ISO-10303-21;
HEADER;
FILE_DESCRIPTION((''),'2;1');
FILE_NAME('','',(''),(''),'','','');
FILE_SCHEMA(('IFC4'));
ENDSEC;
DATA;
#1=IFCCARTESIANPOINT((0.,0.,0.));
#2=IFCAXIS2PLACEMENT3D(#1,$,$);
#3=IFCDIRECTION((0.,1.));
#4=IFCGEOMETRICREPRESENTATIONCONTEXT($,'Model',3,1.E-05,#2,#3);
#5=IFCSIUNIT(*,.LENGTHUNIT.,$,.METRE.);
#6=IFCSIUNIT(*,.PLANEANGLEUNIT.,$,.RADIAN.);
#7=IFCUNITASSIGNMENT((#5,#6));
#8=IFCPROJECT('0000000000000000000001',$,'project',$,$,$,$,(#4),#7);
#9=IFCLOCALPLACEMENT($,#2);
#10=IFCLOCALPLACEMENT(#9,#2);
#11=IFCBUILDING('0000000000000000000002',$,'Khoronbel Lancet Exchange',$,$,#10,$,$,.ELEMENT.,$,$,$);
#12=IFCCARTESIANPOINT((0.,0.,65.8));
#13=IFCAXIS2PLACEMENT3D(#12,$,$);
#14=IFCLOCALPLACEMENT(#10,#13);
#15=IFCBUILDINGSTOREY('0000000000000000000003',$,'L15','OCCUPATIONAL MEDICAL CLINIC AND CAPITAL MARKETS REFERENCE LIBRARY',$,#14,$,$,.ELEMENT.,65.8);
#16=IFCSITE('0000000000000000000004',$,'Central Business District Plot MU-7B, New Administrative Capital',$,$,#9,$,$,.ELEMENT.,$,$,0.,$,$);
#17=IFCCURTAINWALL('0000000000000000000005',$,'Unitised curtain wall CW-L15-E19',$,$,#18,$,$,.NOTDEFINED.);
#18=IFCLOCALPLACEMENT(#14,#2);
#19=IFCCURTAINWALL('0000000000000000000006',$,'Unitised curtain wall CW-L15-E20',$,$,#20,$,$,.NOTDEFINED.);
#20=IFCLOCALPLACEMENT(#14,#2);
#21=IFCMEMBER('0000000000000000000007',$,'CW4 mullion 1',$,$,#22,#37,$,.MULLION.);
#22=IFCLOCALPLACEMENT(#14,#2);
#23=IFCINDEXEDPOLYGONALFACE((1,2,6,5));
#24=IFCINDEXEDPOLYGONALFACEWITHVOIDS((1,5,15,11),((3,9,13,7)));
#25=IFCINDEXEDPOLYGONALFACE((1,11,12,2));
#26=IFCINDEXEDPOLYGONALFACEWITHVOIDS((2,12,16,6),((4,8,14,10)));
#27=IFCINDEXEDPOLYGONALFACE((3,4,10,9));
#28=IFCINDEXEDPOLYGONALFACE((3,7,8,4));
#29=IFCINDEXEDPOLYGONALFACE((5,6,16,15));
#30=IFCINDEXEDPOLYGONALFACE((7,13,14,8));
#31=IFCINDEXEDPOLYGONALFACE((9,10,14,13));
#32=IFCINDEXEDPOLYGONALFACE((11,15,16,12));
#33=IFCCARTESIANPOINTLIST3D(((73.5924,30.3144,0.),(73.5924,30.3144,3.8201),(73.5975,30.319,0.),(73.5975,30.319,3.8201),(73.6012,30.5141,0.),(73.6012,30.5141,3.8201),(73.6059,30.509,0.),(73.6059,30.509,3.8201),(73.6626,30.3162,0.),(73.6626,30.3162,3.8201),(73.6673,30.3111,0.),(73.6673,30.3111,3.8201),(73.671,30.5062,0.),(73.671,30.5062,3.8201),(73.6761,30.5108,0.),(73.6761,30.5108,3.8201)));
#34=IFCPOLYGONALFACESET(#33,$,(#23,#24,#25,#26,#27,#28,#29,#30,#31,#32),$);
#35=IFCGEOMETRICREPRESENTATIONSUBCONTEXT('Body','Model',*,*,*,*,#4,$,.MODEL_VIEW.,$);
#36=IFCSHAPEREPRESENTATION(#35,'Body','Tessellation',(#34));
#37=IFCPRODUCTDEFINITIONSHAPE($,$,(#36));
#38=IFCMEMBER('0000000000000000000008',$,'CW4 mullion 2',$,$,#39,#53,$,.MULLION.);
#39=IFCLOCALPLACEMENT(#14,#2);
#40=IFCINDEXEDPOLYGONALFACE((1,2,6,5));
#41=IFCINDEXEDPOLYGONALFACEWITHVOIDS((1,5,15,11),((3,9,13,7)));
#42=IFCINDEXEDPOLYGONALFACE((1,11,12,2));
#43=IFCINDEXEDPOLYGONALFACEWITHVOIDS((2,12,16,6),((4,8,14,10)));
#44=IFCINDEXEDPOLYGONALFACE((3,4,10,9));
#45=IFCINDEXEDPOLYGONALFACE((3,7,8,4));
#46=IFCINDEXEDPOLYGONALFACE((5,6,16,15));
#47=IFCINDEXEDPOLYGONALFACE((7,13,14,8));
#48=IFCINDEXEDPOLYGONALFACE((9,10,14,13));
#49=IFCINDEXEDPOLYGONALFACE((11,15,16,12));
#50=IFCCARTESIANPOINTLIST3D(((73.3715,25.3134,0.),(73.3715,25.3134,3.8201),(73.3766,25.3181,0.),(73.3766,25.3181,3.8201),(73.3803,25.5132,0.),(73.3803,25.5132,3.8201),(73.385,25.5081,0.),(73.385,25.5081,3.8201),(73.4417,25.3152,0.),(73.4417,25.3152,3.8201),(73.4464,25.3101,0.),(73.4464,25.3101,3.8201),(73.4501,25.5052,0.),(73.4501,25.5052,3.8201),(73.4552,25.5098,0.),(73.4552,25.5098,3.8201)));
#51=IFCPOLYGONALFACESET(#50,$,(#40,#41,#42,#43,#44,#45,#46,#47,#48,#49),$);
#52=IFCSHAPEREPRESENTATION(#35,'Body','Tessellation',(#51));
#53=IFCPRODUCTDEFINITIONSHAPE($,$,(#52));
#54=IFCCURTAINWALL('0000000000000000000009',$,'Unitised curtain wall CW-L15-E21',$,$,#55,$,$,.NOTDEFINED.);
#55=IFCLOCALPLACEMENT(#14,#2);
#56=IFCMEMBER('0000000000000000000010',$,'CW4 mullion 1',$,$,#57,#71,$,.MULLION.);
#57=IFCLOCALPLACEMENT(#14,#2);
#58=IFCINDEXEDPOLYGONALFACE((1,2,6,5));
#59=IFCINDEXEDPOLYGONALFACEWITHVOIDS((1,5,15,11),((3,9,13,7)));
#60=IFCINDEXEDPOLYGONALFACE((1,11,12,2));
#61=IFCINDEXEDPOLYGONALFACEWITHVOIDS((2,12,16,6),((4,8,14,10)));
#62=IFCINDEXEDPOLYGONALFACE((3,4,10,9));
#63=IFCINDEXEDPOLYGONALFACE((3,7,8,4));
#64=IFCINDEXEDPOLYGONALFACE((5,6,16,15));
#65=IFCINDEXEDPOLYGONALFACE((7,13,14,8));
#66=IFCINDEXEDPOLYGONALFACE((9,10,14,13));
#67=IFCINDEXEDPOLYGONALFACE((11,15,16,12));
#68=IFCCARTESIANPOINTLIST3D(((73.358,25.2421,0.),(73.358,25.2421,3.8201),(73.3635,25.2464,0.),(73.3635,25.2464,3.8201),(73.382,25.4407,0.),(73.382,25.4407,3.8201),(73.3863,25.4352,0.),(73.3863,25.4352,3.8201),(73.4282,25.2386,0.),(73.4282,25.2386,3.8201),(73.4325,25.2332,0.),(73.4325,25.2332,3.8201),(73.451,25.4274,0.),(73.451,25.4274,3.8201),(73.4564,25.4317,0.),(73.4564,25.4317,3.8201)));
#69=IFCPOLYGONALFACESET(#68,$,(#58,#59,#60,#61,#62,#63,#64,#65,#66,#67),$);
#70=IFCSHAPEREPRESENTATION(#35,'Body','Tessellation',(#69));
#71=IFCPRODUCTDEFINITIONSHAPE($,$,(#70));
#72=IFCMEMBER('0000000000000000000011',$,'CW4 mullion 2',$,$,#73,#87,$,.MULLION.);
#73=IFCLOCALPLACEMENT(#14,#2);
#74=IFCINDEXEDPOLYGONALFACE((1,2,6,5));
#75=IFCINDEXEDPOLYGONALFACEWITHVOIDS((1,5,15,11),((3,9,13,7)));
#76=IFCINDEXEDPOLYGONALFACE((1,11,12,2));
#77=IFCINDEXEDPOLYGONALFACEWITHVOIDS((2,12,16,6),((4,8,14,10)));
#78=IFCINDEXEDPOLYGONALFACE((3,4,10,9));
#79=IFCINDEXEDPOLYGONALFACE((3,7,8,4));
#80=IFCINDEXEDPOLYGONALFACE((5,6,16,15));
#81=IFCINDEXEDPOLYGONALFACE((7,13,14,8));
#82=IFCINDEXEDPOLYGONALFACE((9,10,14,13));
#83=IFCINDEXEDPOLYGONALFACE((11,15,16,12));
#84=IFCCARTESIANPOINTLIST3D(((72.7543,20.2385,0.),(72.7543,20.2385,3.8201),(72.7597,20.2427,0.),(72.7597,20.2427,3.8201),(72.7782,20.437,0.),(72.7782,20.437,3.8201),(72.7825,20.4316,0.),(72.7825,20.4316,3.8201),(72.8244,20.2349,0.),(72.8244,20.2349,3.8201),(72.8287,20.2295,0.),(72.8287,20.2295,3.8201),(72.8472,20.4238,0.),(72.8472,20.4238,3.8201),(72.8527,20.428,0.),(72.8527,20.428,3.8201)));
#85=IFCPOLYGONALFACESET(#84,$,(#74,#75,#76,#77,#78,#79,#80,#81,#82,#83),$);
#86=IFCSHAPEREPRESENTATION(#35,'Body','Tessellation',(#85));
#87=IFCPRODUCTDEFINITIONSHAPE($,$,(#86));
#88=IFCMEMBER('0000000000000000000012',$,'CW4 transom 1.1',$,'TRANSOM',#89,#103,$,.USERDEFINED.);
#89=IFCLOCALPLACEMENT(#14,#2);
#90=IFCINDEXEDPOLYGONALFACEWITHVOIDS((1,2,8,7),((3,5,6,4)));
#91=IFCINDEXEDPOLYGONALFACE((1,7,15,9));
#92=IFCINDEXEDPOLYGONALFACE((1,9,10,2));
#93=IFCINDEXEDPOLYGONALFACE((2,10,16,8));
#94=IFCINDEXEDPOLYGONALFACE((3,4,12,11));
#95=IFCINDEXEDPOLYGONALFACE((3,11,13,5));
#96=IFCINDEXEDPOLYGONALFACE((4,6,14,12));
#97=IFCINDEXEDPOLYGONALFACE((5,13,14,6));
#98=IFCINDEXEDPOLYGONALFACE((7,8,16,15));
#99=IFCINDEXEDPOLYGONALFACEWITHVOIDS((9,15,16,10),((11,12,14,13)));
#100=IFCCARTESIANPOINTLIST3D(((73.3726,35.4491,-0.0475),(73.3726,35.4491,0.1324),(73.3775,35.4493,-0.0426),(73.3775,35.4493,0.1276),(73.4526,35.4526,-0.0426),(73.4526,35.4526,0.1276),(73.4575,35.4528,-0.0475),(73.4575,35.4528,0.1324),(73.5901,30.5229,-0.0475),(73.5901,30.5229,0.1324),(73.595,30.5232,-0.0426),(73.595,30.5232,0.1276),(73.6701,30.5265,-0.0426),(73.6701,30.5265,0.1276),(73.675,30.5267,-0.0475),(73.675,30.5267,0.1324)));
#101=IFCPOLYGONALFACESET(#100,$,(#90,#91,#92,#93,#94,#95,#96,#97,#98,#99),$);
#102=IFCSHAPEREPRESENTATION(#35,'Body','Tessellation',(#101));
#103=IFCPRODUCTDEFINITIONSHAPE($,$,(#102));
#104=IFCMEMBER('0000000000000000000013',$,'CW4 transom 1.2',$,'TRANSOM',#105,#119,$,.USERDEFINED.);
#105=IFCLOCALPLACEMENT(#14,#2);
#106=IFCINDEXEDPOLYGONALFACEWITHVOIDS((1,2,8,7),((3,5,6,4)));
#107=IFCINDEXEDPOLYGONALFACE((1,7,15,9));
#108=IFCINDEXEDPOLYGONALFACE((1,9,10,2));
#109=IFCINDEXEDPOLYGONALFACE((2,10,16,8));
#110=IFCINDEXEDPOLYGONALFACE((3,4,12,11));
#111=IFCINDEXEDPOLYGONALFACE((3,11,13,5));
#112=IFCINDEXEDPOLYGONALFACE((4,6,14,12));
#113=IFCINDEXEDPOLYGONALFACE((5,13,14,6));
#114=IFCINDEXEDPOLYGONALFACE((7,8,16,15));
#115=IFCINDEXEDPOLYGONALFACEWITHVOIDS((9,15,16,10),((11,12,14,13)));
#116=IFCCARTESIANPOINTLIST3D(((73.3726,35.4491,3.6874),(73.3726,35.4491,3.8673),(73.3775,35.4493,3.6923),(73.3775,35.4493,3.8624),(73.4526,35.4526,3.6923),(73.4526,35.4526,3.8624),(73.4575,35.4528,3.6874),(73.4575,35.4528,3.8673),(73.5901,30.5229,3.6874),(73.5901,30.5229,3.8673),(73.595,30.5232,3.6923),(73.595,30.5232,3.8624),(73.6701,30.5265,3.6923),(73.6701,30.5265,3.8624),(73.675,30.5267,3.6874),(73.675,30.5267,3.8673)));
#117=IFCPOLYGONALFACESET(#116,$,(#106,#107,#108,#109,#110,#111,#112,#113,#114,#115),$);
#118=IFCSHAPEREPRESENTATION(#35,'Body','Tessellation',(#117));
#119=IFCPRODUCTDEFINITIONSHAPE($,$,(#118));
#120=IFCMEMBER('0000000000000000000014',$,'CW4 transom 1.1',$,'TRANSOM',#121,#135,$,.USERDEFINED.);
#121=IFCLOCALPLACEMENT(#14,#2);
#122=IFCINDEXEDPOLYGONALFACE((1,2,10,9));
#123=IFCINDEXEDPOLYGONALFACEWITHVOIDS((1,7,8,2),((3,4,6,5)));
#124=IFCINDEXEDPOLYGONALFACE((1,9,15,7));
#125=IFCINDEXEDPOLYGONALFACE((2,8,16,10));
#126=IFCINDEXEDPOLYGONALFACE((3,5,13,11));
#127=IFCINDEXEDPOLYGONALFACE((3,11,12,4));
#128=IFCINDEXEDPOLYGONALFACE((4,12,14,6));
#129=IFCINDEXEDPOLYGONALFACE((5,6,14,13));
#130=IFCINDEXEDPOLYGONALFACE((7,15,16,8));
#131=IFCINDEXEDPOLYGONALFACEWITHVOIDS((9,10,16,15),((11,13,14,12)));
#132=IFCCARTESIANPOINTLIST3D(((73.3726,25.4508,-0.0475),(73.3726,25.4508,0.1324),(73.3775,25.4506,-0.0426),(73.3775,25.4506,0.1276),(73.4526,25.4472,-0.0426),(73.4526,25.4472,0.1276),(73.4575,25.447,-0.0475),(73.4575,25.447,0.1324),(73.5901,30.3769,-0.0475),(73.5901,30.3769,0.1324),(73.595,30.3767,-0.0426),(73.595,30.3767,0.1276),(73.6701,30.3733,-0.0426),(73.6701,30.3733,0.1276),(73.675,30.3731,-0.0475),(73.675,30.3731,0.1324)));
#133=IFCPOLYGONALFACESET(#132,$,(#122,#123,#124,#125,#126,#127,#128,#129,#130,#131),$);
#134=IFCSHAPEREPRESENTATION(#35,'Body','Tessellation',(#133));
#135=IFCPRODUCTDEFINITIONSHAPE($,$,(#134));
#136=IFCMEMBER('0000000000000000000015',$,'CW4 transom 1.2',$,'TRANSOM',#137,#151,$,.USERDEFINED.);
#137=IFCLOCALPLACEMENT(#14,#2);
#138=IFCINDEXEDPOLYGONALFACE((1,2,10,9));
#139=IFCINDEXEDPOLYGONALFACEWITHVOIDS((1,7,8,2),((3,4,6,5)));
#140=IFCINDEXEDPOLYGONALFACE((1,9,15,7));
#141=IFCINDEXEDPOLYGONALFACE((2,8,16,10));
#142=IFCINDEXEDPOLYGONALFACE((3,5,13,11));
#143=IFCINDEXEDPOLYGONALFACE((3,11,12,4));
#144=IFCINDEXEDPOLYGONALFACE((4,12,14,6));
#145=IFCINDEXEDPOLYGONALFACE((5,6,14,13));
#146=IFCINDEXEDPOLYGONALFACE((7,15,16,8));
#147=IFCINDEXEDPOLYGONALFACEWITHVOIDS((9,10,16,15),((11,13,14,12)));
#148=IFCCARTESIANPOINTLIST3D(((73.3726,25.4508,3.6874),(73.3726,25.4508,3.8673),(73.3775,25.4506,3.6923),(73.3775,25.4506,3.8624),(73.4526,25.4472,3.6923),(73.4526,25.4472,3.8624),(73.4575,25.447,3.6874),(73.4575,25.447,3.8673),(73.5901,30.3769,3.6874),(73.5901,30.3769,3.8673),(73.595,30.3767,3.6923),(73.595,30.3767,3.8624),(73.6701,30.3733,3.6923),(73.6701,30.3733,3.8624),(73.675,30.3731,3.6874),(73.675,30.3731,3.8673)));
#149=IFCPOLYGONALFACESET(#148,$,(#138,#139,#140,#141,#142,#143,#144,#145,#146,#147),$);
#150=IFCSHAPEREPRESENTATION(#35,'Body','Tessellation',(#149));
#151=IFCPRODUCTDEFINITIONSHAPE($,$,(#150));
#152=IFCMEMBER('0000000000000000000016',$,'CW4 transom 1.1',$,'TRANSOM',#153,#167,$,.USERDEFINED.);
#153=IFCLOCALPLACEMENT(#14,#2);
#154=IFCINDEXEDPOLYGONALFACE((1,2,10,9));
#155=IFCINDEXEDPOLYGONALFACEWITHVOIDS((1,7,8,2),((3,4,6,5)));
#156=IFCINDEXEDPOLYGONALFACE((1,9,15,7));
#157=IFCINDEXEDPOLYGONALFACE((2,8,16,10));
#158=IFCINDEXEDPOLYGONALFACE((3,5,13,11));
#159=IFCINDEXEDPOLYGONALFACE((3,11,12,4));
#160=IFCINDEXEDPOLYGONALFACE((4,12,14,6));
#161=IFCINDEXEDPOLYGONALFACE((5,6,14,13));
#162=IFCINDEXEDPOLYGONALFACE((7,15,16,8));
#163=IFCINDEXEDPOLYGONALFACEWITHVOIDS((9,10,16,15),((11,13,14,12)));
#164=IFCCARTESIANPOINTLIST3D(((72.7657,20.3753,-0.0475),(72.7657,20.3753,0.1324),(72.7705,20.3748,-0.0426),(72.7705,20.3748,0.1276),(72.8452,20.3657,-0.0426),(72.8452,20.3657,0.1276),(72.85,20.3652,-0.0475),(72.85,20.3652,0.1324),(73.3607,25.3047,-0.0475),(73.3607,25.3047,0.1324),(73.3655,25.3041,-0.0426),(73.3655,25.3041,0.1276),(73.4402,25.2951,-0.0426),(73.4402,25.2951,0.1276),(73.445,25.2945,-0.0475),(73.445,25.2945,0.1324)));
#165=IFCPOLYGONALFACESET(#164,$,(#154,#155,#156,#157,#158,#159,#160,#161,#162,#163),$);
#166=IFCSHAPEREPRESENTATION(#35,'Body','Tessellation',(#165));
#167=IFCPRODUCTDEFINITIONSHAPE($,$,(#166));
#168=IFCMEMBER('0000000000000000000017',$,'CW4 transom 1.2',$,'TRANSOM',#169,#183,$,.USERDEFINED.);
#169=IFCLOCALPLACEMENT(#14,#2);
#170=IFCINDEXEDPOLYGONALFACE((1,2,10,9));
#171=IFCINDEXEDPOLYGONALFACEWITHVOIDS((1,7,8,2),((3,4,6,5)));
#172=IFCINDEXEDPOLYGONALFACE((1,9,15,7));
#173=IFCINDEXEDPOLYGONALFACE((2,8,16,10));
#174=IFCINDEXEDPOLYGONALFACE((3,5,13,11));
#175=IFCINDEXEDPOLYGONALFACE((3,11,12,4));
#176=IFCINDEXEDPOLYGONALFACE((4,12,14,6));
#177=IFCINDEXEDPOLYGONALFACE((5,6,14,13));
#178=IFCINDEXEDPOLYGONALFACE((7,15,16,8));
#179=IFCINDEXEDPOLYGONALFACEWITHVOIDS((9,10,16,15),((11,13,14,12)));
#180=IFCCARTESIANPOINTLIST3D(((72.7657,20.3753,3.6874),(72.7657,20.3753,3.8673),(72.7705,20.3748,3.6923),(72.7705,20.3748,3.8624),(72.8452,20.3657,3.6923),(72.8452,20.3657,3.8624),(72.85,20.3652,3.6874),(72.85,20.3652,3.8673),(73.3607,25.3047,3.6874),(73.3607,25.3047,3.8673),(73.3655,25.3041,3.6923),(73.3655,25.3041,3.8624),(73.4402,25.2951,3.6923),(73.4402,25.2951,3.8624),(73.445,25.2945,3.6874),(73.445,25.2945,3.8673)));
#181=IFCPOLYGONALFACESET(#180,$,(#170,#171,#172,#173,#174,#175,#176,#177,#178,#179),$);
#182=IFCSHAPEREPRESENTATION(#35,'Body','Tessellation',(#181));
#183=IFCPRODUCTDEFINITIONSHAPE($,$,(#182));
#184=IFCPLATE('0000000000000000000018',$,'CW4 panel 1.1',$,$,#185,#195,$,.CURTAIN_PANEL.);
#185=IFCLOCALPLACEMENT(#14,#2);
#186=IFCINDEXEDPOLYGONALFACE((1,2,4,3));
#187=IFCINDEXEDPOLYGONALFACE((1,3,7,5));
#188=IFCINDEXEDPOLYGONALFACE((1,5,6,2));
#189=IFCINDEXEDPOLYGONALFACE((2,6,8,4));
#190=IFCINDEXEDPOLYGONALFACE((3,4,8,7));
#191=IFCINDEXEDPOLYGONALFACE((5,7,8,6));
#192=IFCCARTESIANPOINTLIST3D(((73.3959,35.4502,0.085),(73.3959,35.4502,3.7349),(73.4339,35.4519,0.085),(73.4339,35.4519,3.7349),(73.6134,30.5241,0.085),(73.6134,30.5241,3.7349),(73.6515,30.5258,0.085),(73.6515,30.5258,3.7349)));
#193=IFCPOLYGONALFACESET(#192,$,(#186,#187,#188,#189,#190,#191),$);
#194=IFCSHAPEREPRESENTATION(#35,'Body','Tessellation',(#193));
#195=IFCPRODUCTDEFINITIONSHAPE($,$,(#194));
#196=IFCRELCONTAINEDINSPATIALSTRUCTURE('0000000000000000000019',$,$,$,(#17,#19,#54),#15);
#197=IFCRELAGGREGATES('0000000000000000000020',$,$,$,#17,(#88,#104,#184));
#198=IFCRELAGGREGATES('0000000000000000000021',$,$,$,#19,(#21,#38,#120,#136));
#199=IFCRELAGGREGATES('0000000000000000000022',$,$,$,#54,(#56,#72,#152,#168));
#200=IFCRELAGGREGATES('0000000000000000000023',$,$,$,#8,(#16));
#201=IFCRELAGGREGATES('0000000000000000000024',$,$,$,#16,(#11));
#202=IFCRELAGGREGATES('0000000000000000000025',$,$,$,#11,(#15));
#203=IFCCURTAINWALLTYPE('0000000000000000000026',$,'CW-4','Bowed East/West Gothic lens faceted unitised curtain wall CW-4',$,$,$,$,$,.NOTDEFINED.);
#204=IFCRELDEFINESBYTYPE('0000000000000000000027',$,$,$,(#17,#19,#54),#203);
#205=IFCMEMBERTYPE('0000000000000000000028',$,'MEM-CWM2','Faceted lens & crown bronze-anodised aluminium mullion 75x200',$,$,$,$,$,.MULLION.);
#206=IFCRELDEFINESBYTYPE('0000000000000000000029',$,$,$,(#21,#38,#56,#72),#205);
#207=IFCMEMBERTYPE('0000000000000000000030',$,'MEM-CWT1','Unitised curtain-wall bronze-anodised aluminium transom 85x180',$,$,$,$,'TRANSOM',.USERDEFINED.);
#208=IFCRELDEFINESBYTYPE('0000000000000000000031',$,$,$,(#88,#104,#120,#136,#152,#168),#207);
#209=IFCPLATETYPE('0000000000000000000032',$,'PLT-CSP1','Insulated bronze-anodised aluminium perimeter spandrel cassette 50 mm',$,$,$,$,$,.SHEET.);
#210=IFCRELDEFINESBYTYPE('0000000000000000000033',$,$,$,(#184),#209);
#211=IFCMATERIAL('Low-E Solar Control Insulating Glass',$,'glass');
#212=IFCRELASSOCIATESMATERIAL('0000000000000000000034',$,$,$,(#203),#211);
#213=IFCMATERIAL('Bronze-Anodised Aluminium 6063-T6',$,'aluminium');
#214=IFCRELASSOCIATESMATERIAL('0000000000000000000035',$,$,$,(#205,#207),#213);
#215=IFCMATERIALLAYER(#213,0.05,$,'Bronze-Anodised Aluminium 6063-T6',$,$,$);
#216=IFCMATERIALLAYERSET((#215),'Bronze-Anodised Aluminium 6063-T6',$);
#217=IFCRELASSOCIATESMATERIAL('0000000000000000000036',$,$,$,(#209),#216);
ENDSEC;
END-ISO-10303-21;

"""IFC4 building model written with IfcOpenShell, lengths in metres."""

from ifc_helpers import new_model, si_unit, direction, frame, origin, origin_2d, place, context, subcontext, project, spatial, rectangle, hollow_rectangle, extrude, material, layer, layer_set, material_profile, profile_set, type_object, element, aggregate, save


model = new_model("IFC4")

# Units and contexts
model_context = context("Model", 3, precision=1e-05, world=origin(), true_north=direction((0.0, 1.0)))
body_context = subcontext(model_context, "Body", "Model", "MODEL_VIEW")
ifc_project = project(units=[si_unit("LENGTHUNIT", "METRE"), si_unit("PLANEANGLEUNIT", "RADIAN")], contexts=[model_context])

# Site, building, storey
site_placement = place(None, origin())
site = spatial("IfcSite", under=ifc_project, at=site_placement, Name="Central Business District Plot MU-7B, New Administrative Capital", CompositionType="ELEMENT", RefElevation=0.0)
building_placement = place(site_placement, origin())
building = spatial("IfcBuilding", under=site, at=building_placement, Name="Khoronbel Lancet Exchange", CompositionType="ELEMENT")
storey_placement = place(building_placement, frame((0.0, 0.0, 65.8)))
storey = spatial("IfcBuildingStorey", under=building, at=storey_placement, Name="L15", Description="OCCUPATIONAL MEDICAL CLINIC AND CAPITAL MARKETS REFERENCE LIBRARY", CompositionType="ELEMENT", Elevation=65.8)

# Shared definitions
ifc_material_1 = material(Name="Low-E Solar Control Insulating Glass", Category="glass")
curtain_wall_type = type_object("IfcCurtainWallType", Name="CW-4", Description="Bowed East/West Gothic lens faceted unitised curtain wall CW-4", PredefinedType="NOTDEFINED", material=ifc_material_1)
ifc_material_2 = material(Name="Bronze-Anodised Aluminium 6063-T6", Category="aluminium")
ifc_material_profile_1 = material_profile(ifc_material_2, hollow_rectangle(XDim=0.075, YDim=0.2, WallThickness=0.0049, at=origin_2d()), Name="ALU MULLION 75x200")
ifc_profile_set_1 = profile_set([ifc_material_profile_1], Name="Bronze-Anodised Aluminium 6063-T6")
member_type_1 = type_object("IfcMemberType", Name="MEM-CWM2", Description="Faceted lens & crown bronze-anodised aluminium mullion 75x200", PredefinedType="MULLION", material=ifc_profile_set_1)

# Curtain walls, members
curtain_wall_1_placement = place(storey_placement, origin())
curtain_wall_1 = element("IfcCurtainWall", 1, at=curtain_wall_1_placement, inside=storey, type_object=curtain_wall_type, Name="Unitised curtain wall CW-L15-E19", PredefinedType="NOTDEFINED")
curtain_wall_2_placement = place(storey_placement, origin())
curtain_wall_2 = element("IfcCurtainWall", 2, at=curtain_wall_2_placement, inside=storey, type_object=curtain_wall_type, Name="Unitised curtain wall CW-L15-E20", PredefinedType="NOTDEFINED")
member_1_placement = place(storey_placement, frame((73.6343, 30.4126, 0.0), z_axis=(0.0, 0.0, 1.0), x_axis=(0.999026, -0.044126, 0.0)))
member_1 = element("IfcMember", 3, at=member_1_placement, type_object=member_type_1, Name="CW4 mullion 1", PredefinedType="MULLION", context=body_context, shape_type="SweptSolid", body=[
    extrude(hollow_rectangle(XDim=0.075, YDim=0.2, WallThickness=0.0049, at=origin_2d()), origin(), (0.0, 0.0, 1.0), 3.8201),
])
member_2_placement = place(storey_placement, frame((73.4133, 25.4116, 0.0), z_axis=(0.0, 0.0, 1.0), x_axis=(0.999026, -0.044126, 0.0)))
member_2 = element("IfcMember", 4, at=member_2_placement, type_object=member_type_1, Name="CW4 mullion 2", PredefinedType="MULLION", context=body_context, shape_type="SweptSolid", body=[
    extrude(hollow_rectangle(XDim=0.075, YDim=0.2, WallThickness=0.0049, at=origin_2d()), origin(), (0.0, 0.0, 1.0), 3.8201),
])
curtain_wall_3_placement = place(storey_placement, origin())
curtain_wall_3 = element("IfcCurtainWall", 5, at=curtain_wall_3_placement, inside=storey, type_object=curtain_wall_type, Name="Unitised curtain wall CW-L15-E21", PredefinedType="NOTDEFINED")
member_3_placement = place(storey_placement, frame((73.4072, 25.3369, 0.0), z_axis=(0.0, 0.0, 1.0), x_axis=(0.992797, -0.119806, 0.0)))
member_3 = element("IfcMember", 6, at=member_3_placement, type_object=member_type_1, Name="CW4 mullion 1", PredefinedType="MULLION", context=body_context, shape_type="SweptSolid", body=[
    extrude(hollow_rectangle(XDim=0.075, YDim=0.2, WallThickness=0.0049, at=origin_2d()), origin(), (0.0, 0.0, 1.0), 3.8201),
])
member_4_placement = place(storey_placement, frame((72.8035, 20.3333, 0.0), z_axis=(0.0, 0.0, 1.0), x_axis=(0.992797, -0.119806, 0.0)))
member_4 = element("IfcMember", 7, at=member_4_placement, type_object=member_type_1, Name="CW4 mullion 2", PredefinedType="MULLION", context=body_context, shape_type="SweptSolid", body=[
    extrude(hollow_rectangle(XDim=0.075, YDim=0.2, WallThickness=0.0049, at=origin_2d()), origin(), (0.0, 0.0, 1.0), 3.8201),
])

# Members
ifc_material_profile_2 = material_profile(ifc_material_2, hollow_rectangle(XDim=0.085, YDim=0.1799, WallThickness=0.0049, at=origin_2d()), Name="ALU TRANSOM 85x180")
ifc_profile_set_2 = profile_set([ifc_material_profile_2], Name="Bronze-Anodised Aluminium 6063-T6")
member_type_2 = type_object("IfcMemberType", Name="MEM-CWT1", Description="Unitised curtain-wall bronze-anodised aluminium transom 85x180", ElementType="TRANSOM", PredefinedType="USERDEFINED", material=ifc_profile_set_2)
member_5_placement = place(storey_placement, frame((73.415, 35.4509, 0.0425), z_axis=(0.044116, -0.999026, 0.0), x_axis=(0.999026, 0.044116, 0.0)))
member_5 = element("IfcMember", 8, at=member_5_placement, type_object=member_type_2, Name="CW4 transom 1.1", ObjectType="TRANSOM", PredefinedType="USERDEFINED", context=body_context, shape_type="SweptSolid", body=[
    extrude(hollow_rectangle(XDim=0.085, YDim=0.1799, WallThickness=0.0049, at=origin_2d()), origin(), (0.0, 0.0, 1.0), 4.9309),
])
member_6_placement = place(storey_placement, frame((73.415, 35.4509, 3.7773), z_axis=(0.044116, -0.999026, 0.0), x_axis=(0.999026, 0.044116, 0.0)))
member_6 = element("IfcMember", 9, at=member_6_placement, type_object=member_type_2, Name="CW4 transom 1.2", ObjectType="TRANSOM", PredefinedType="USERDEFINED", context=body_context, shape_type="SweptSolid", body=[
    extrude(hollow_rectangle(XDim=0.085, YDim=0.1799, WallThickness=0.0049, at=origin_2d()), origin(), (0.0, 0.0, 1.0), 4.9309),
])
member_7_placement = place(storey_placement, frame((73.6326, 30.375, 0.0425), z_axis=(-0.044116, -0.999026, 0.0), x_axis=(0.999026, -0.044116, 0.0)))
member_7 = element("IfcMember", 10, at=member_7_placement, type_object=member_type_2, Name="CW4 transom 1.1", ObjectType="TRANSOM", PredefinedType="USERDEFINED", context=body_context, shape_type="SweptSolid", body=[
    extrude(hollow_rectangle(XDim=0.085, YDim=0.1799, WallThickness=0.0049, at=origin_2d()), origin(), (0.0, 0.0, 1.0), 4.9309),
])
member_8_placement = place(storey_placement, frame((73.6326, 30.375, 3.7773), z_axis=(-0.044116, -0.999026, 0.0), x_axis=(0.999026, -0.044116, 0.0)))
member_8 = element("IfcMember", 11, at=member_8_placement, type_object=member_type_2, Name="CW4 transom 1.2", ObjectType="TRANSOM", PredefinedType="USERDEFINED", context=body_context, shape_type="SweptSolid", body=[
    extrude(hollow_rectangle(XDim=0.085, YDim=0.1799, WallThickness=0.0049, at=origin_2d()), origin(), (0.0, 0.0, 1.0), 4.9309),
])
member_9_placement = place(storey_placement, frame((73.4028, 25.2996, 0.0425), z_axis=(-0.119834, -0.992794, 0.0), x_axis=(0.992794, -0.119834, 0.0)))
member_9 = element("IfcMember", 12, at=member_9_placement, type_object=member_type_2, Name="CW4 transom 1.1", ObjectType="TRANSOM", PredefinedType="USERDEFINED", context=body_context, shape_type="SweptSolid", body=[
    extrude(hollow_rectangle(XDim=0.085, YDim=0.1799, WallThickness=0.0049, at=origin_2d()), origin(), (0.0, 0.0, 1.0), 4.9651),
])
member_10_placement = place(storey_placement, frame((73.4028, 25.2996, 3.7773), z_axis=(-0.119834, -0.992794, 0.0), x_axis=(0.992794, -0.119834, 0.0)))
member_10 = element("IfcMember", 13, at=member_10_placement, type_object=member_type_2, Name="CW4 transom 1.2", ObjectType="TRANSOM", PredefinedType="USERDEFINED", context=body_context, shape_type="SweptSolid", body=[
    extrude(hollow_rectangle(XDim=0.085, YDim=0.1799, WallThickness=0.0049, at=origin_2d()), origin(), (0.0, 0.0, 1.0), 4.9651),
])

# Plate
ifc_layer_1 = layer(ifc_material_2, 0.05, Name="Bronze-Anodised Aluminium 6063-T6")
ifc_layer_set_1 = layer_set([ifc_layer_1], Name="Bronze-Anodised Aluminium 6063-T6")
plate_type = type_object("IfcPlateType", Name="PLT-CSP1", Description="Insulated bronze-anodised aluminium perimeter spandrel cassette 50 mm", PredefinedType="SHEET", material=ifc_layer_set_1)
plate_1_placement = place(storey_placement, frame((73.5237, 32.988, 0.085), z_axis=(0.0, 0.0, 1.0), x_axis=(0.044126, -0.999026, 0.0)))
plate_1 = element("IfcPlate", 14, at=plate_1_placement, type_object=plate_type, Name="CW4 panel 1.1", PredefinedType="CURTAIN_PANEL", context=body_context, shape_type="SweptSolid", body=[
    extrude(rectangle(XDim=4.9309, YDim=0.0381, at=origin_2d()), origin(), (0.0, 0.0, 1.0), 3.6499),
])
aggregate(curtain_wall_1, [member_5, member_6, plate_1])
aggregate(curtain_wall_2, [member_1, member_2, member_7, member_8])
aggregate(curtain_wall_3, [member_3, member_4, member_9, member_10])

save(model, "model.ifc")
